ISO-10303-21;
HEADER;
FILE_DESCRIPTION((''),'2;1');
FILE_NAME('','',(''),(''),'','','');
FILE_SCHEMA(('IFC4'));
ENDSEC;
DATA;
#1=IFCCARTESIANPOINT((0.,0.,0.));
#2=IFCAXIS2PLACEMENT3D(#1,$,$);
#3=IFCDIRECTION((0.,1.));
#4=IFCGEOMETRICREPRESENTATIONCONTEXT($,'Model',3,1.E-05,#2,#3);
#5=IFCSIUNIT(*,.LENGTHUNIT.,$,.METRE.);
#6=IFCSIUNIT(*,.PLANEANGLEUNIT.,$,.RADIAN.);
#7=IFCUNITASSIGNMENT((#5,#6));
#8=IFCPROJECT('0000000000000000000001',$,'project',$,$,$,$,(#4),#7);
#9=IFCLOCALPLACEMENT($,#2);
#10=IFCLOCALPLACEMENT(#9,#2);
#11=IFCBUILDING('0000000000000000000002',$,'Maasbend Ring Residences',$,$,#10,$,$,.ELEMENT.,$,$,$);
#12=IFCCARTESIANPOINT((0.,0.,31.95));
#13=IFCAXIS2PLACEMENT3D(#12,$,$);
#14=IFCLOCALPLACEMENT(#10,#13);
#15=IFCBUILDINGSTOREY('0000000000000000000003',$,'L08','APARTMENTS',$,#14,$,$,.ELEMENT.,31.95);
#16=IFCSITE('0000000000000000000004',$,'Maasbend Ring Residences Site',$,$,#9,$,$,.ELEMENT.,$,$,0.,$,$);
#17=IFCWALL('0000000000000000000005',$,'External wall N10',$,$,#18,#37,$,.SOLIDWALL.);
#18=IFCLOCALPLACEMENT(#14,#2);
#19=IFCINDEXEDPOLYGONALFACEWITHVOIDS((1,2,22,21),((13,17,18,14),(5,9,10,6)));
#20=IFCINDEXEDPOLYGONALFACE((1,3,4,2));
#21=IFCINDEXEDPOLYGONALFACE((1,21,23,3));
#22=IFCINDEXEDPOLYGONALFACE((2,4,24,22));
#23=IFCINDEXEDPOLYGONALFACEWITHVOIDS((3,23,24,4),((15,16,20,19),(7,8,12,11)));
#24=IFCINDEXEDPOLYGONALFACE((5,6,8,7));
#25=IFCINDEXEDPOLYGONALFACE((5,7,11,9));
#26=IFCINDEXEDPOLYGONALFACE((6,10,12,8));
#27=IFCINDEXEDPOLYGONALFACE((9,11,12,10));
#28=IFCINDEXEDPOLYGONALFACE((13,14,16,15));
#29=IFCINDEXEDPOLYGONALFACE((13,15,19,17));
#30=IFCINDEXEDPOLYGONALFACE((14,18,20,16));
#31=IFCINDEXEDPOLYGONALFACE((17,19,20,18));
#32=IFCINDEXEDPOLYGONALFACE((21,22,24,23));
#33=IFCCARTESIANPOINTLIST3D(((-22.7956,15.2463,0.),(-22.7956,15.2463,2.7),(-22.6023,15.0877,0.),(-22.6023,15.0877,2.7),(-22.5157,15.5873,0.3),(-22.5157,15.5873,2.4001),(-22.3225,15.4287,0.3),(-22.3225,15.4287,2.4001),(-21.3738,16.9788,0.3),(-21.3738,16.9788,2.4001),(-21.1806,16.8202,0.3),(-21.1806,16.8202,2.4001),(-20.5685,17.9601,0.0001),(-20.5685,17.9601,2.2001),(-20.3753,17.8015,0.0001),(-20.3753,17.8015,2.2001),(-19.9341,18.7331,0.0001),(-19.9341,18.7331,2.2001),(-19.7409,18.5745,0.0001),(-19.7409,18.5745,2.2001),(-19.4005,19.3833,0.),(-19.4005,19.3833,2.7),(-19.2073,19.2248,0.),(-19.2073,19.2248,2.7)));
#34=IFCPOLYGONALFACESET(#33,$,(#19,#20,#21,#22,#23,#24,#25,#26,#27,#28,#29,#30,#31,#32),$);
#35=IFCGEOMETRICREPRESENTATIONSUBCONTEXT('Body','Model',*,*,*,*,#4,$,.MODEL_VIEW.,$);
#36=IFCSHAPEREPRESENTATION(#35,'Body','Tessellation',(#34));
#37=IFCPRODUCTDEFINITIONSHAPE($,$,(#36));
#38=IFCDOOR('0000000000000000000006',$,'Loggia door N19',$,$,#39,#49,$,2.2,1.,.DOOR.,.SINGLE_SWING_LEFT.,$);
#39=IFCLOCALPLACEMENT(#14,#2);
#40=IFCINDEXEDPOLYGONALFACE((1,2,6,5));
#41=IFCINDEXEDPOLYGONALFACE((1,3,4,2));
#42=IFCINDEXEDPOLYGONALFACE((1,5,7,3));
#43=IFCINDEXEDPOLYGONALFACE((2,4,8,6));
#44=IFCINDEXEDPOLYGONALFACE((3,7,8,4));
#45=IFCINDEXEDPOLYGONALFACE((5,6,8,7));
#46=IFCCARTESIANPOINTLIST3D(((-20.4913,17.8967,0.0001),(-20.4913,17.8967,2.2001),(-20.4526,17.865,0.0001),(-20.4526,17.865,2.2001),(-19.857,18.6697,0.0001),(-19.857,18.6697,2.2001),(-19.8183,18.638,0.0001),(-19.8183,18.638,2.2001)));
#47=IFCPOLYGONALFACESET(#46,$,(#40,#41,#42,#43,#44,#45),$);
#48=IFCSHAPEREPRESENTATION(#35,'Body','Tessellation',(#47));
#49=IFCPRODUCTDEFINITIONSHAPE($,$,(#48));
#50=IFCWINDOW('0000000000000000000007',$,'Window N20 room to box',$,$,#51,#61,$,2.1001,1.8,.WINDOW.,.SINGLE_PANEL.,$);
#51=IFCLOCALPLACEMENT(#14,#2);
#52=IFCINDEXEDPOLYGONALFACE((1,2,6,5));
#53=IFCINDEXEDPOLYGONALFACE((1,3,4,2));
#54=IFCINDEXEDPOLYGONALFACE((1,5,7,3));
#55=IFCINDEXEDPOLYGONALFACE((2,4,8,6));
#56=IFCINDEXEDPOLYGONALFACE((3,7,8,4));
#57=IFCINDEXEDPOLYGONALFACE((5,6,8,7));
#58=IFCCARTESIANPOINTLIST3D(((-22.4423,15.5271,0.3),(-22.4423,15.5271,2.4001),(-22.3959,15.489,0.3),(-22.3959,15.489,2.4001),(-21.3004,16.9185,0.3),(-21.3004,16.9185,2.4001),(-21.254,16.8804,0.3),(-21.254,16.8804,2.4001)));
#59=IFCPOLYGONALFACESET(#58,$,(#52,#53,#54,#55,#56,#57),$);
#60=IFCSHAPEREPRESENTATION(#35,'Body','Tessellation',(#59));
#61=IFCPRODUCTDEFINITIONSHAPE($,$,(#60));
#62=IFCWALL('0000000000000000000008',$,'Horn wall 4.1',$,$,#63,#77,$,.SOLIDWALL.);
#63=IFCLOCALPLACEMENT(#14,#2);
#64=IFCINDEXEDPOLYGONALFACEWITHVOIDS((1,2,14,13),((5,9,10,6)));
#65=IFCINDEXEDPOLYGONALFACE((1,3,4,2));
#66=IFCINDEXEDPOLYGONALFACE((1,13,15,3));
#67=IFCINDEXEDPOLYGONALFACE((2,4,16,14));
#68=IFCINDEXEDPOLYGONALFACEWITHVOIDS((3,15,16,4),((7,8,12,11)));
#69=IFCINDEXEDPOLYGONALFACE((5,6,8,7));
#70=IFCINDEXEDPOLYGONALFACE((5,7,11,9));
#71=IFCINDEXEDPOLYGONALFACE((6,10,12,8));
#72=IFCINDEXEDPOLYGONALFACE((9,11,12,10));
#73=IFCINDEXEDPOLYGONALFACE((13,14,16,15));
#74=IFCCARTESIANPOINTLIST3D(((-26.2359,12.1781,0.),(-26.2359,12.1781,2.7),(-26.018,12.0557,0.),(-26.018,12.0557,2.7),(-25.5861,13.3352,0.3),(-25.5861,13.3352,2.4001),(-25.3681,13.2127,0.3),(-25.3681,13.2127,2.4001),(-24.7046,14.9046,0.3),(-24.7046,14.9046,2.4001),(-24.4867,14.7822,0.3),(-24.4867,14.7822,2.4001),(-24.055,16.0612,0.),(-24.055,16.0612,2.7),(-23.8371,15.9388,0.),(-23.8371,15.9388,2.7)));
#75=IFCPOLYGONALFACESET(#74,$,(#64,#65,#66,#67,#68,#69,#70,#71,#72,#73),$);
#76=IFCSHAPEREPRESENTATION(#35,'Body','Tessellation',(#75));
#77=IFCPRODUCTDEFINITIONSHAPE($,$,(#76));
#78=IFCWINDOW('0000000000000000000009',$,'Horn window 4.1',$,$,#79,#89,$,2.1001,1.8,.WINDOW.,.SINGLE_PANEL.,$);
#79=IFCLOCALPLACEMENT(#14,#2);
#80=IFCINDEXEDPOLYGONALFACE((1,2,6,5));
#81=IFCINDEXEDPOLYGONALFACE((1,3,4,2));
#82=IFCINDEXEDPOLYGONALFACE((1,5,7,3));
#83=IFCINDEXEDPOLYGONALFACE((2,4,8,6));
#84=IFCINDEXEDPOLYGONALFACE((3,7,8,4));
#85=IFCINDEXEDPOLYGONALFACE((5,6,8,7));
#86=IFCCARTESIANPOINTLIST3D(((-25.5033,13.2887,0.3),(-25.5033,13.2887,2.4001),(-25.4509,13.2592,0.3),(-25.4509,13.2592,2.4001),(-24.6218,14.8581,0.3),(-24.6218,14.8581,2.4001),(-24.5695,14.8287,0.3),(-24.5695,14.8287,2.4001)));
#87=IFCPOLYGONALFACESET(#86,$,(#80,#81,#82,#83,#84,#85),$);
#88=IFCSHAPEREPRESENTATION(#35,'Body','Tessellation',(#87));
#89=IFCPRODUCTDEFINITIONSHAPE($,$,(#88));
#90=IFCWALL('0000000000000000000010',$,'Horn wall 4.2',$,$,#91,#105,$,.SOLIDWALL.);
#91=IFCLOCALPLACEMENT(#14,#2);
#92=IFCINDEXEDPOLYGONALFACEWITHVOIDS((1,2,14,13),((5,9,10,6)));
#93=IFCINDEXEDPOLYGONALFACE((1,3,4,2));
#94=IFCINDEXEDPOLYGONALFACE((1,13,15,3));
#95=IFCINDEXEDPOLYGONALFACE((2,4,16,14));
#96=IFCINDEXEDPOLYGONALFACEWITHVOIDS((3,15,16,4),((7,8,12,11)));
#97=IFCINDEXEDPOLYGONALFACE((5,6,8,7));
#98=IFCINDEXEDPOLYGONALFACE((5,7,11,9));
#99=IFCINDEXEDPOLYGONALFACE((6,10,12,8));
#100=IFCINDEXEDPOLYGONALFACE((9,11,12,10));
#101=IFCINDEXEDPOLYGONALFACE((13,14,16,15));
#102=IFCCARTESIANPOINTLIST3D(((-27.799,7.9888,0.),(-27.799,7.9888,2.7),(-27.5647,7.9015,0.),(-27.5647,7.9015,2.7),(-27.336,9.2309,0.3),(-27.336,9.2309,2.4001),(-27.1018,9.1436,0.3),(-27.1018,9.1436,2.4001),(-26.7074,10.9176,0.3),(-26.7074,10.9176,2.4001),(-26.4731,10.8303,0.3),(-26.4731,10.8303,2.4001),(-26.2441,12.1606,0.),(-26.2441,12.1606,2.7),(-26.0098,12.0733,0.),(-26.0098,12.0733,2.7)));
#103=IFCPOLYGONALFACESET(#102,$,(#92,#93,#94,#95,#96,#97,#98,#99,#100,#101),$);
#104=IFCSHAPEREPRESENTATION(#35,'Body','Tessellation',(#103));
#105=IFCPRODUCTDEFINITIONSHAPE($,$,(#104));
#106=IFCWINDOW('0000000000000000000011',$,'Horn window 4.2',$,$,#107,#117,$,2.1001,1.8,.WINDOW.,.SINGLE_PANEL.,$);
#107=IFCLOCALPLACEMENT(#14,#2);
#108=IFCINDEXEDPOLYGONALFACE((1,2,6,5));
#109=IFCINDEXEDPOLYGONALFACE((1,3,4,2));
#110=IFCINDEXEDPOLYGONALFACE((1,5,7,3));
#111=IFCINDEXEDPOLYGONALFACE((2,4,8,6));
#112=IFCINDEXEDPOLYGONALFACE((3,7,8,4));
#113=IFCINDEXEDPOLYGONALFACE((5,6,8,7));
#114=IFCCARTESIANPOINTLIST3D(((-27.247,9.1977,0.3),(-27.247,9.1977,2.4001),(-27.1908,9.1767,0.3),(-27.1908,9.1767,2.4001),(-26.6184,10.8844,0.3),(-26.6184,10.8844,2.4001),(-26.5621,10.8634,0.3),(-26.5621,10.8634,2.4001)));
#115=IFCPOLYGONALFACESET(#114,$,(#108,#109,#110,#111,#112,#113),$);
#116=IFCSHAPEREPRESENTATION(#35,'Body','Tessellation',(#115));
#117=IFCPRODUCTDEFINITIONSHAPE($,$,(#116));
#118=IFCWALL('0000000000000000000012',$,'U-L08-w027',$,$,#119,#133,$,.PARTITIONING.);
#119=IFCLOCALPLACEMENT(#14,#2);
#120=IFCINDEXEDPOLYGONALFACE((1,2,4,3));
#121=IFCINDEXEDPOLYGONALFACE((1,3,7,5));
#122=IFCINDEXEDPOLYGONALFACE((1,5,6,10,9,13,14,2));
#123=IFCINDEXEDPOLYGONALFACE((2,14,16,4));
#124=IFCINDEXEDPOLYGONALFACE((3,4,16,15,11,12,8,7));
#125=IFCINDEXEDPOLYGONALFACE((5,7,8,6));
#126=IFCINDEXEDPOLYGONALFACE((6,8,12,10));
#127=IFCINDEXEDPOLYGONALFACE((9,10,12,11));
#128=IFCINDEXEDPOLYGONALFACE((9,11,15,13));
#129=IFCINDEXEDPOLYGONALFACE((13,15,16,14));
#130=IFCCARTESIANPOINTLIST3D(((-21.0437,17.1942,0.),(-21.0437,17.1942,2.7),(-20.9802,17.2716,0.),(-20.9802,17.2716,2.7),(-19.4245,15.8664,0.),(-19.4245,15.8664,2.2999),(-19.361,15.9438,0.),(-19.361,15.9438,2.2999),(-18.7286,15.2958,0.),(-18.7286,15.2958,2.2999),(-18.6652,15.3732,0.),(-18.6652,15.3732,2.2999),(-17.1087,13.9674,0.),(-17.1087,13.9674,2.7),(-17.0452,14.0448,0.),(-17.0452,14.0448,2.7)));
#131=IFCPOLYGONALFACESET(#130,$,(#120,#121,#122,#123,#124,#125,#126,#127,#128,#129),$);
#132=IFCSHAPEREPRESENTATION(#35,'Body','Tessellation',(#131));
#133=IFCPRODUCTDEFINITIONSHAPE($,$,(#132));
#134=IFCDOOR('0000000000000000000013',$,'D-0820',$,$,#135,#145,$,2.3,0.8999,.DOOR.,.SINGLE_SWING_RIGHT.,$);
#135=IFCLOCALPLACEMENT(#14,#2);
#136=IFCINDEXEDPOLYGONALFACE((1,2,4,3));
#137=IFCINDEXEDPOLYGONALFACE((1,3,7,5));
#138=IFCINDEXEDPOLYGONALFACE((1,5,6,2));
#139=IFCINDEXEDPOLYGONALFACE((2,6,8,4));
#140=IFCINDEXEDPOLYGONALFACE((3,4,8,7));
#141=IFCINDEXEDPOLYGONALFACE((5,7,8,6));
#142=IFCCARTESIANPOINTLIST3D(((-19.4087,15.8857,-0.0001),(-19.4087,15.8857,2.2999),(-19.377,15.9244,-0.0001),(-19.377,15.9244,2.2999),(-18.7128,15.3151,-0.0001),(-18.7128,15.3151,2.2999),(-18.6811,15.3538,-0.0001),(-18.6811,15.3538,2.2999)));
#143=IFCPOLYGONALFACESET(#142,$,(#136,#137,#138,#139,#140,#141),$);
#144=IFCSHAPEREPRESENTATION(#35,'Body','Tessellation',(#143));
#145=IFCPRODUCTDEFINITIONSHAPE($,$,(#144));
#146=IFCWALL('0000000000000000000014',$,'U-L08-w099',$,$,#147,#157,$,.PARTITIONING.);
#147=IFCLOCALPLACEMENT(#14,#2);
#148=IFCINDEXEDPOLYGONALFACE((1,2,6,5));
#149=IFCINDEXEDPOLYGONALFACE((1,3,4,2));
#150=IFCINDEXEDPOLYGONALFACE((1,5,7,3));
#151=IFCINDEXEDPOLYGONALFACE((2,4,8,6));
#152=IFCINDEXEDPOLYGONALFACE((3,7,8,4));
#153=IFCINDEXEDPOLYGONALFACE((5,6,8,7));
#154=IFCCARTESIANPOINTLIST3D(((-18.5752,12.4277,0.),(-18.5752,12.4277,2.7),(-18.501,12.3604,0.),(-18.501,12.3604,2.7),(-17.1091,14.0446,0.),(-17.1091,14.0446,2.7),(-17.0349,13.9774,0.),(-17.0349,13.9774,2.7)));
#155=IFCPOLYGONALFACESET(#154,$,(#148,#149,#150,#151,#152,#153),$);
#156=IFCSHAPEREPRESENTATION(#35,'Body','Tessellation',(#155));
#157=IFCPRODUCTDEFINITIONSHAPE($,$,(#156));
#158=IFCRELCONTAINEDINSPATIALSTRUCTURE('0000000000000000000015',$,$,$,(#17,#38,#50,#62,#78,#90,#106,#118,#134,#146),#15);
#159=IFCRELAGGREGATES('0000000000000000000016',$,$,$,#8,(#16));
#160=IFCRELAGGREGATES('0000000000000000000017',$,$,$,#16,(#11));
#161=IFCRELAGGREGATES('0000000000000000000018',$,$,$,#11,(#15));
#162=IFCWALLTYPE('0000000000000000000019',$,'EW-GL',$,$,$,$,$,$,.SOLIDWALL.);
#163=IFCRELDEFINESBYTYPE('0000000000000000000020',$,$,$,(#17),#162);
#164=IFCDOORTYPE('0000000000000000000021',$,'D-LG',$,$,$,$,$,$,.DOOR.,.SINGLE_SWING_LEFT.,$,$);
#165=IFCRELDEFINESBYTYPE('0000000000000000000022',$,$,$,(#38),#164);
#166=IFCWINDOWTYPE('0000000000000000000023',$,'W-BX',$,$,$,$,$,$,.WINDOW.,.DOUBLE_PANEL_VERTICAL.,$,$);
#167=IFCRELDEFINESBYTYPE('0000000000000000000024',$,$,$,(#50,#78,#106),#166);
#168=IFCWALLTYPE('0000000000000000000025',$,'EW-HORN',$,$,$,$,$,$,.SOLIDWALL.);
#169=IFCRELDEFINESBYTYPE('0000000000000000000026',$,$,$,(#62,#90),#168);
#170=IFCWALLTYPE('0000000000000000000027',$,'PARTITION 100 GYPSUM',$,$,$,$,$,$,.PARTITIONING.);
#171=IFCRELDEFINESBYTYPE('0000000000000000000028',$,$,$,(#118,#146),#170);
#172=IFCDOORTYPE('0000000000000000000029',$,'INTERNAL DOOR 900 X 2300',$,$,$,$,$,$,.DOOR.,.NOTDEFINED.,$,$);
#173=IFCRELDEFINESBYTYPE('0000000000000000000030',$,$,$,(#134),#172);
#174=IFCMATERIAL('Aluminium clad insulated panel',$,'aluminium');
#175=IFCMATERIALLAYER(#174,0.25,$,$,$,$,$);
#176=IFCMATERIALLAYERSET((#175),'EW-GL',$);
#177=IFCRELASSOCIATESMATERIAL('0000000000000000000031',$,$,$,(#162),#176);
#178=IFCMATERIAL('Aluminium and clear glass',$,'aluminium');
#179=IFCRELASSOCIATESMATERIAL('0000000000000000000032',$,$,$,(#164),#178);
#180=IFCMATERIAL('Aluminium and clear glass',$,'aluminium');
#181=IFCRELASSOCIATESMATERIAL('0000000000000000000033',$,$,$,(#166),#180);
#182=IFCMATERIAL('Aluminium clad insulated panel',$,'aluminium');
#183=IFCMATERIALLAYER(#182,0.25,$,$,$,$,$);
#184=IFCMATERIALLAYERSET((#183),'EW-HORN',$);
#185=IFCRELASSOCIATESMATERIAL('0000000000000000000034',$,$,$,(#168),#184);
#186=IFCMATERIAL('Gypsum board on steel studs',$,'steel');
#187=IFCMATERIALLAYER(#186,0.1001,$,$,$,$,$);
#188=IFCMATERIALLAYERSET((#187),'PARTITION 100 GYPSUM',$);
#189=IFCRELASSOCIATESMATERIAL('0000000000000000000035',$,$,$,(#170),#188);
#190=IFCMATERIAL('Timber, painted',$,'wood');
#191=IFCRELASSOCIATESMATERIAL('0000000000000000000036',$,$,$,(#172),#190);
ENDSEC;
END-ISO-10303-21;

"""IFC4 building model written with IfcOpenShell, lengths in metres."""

from ifc_helpers import new_model, si_unit, direction, frame, frame_2d, origin, place, context, subcontext, project, spatial, rectangle, extrude, material, layer, layer_set, type_object, element, fill, save


model = new_model("IFC4")

# Units and contexts
model_context = context("Model", 3, precision=1e-05, world=origin(), true_north=direction((0.0, 1.0)))
body_context = subcontext(model_context, "Body", "Model", "MODEL_VIEW")
ifc_project = project(units=[si_unit("LENGTHUNIT", "METRE"), si_unit("PLANEANGLEUNIT", "RADIAN")], contexts=[model_context])

# Site, building, storey
site_placement = place(None, origin())
site = spatial("IfcSite", under=ifc_project, at=site_placement, Name="Maasbend Ring Residences Site", CompositionType="ELEMENT", RefElevation=0.0)
building_placement = place(site_placement, origin())
building = spatial("IfcBuilding", under=site, at=building_placement, Name="Maasbend Ring Residences", CompositionType="ELEMENT")
storey_placement = place(building_placement, frame((0.0, 0.0, 31.95)))
storey = spatial("IfcBuildingStorey", under=building, at=storey_placement, Name="L08", Description="APARTMENTS", CompositionType="ELEMENT", Elevation=31.95)

# Wall, openings, door, window
ifc_material_1 = material(Name="Aluminium clad insulated panel", Category="aluminium")
ifc_layer_1 = layer(ifc_material_1, 0.25)
ifc_layer_set_1 = layer_set([ifc_layer_1], Name="EW-GL")
wall_type_1 = type_object("IfcWallType", Name="EW-GL", PredefinedType="SOLIDWALL", material=ifc_layer_set_1)
wall_1_placement = place(storey_placement, frame((-19.304, 19.304, 0.0), z_axis=(0.0, 0.0, 1.0), x_axis=(-0.634382, -0.773019, 0.0)))
wall_1 = element("IfcWall", 1, at=wall_1_placement, inside=storey, type_object=wall_type_1, Name="External wall N10", PredefinedType="SOLIDWALL", context=body_context, shape_type="SweptSolid", body=[
    extrude(rectangle(XDim=5.3518, YDim=0.25, at=frame_2d((2.6758, 0.0))), origin(), (0.0, 0.0, 1.0), 2.7),
])
opening_1_placement = place(wall_1_placement, frame((0.8411, 0.0, 0.0)))
opening_1 = element("IfcOpeningElement", 2, at=opening_1_placement, cuts=wall_1, PredefinedType="OPENING", context=body_context, shape_type="SweptSolid", body=[
    extrude(rectangle(XDim=1.0, YDim=2.2, at=frame_2d((0.5, 1.1001))), frame((0.0, 0.135, 0.0), z_axis=(0.0, -1.0, 0.0), x_axis=(1.0, 0.0, 0.0)), (0.0, 0.0, 1.0), 0.27),
])
opening_2_placement = place(wall_1_placement, frame((3.1106, 0.0, 0.3)))
opening_2 = element("IfcOpeningElement", 3, at=opening_2_placement, cuts=wall_1, PredefinedType="OPENING", context=body_context, shape_type="SweptSolid", body=[
    extrude(rectangle(XDim=1.8, YDim=2.1001, at=frame_2d((0.8999, 1.05))), frame((0.0, 0.135, 0.0), z_axis=(0.0, -1.0, 0.0), x_axis=(1.0, 0.0, 0.0)), (0.0, 0.0, 1.0), 0.27),
])
ifc_material_2 = material(Name="Aluminium and clear glass", Category="aluminium")
door_type_1 = type_object("IfcDoorType", Name="D-LG", OperationType="SINGLE_SWING_LEFT", PredefinedType="DOOR", material=ifc_material_2)
door_1_placement = place(opening_1_placement, origin())
door_1 = element("IfcDoor", 4, at=door_1_placement, inside=storey, type_object=door_type_1, Name="Loggia door N19", OperationType="SINGLE_SWING_LEFT", OverallHeight=2.2, OverallWidth=1.0, PredefinedType="DOOR", context=body_context, shape_type="SweptSolid", body=[
    extrude(rectangle(XDim=1.0, YDim=2.2, at=frame_2d((0.5, 1.1001))), frame((0.0, 0.0249, 0.0), z_axis=(0.0, -1.0, 0.0), x_axis=(1.0, 0.0, 0.0)), (0.0, 0.0, 1.0), 0.05),
])
fill(opening_1, door_1)
ifc_material_3 = material(Name="Aluminium and clear glass", Category="aluminium")
window_type_1 = type_object("IfcWindowType", Name="W-BX", PartitioningType="DOUBLE_PANEL_VERTICAL", PredefinedType="WINDOW", material=ifc_material_3)
window_1_placement = place(opening_2_placement, origin())
window_1 = element("IfcWindow", 5, at=window_1_placement, inside=storey, type_object=window_type_1, Name="Window N20 room to box", OverallHeight=2.1001, OverallWidth=1.8, PartitioningType="SINGLE_PANEL", PredefinedType="WINDOW", context=body_context, shape_type="SweptSolid", body=[
    extrude(rectangle(XDim=1.8, YDim=2.1001, at=frame_2d((0.8999, 1.05))), frame((0.0, 0.03, 0.0), z_axis=(0.0, -1.0, 0.0), x_axis=(1.0, 0.0, 0.0)), (0.0, 0.0, 1.0), 0.0601),
])
fill(opening_2, window_1)

# Walls, openings, windows
ifc_material_4 = material(Name="Aluminium clad insulated panel", Category="aluminium")
ifc_layer_2 = layer(ifc_material_4, 0.25)
ifc_layer_set_2 = layer_set([ifc_layer_2], Name="EW-HORN")
wall_type_2 = type_object("IfcWallType", Name="EW-HORN", PredefinedType="SOLIDWALL", material=ifc_layer_set_2)
wall_2_placement = place(storey_placement, frame((-23.946, 16.0, 0.0), z_axis=(0.0, 0.0, 1.0), x_axis=(-0.489696, -0.871893, 0.0)))
wall_2 = element("IfcWall", 6, at=wall_2_placement, inside=storey, type_object=wall_type_2, Name="Horn wall 4.1", PredefinedType="SOLIDWALL", context=body_context, shape_type="SweptSolid", body=[
    extrude(rectangle(XDim=4.4536, YDim=0.25, at=frame_2d((2.2268, 0.0))), origin(), (0.0, 0.0, 1.0), 2.7),
])
opening_3_placement = place(wall_2_placement, frame((1.3267, 0.0, 0.3)))
opening_3 = element("IfcOpeningElement", 7, at=opening_3_placement, cuts=wall_2, PredefinedType="OPENING", context=body_context, shape_type="SweptSolid", body=[
    extrude(rectangle(XDim=1.8, YDim=2.1001, at=frame_2d((0.8999, 1.05))), frame((0.0, 0.135, 0.0), z_axis=(0.0, -1.0, 0.0), x_axis=(1.0, 0.0, 0.0)), (0.0, 0.0, 1.0), 0.27),
])
window_2_placement = place(opening_3_placement, origin())
window_2 = element("IfcWindow", 8, at=window_2_placement, inside=storey, type_object=window_type_1, Name="Horn window 4.1", OverallHeight=2.1001, OverallWidth=1.8, PartitioningType="SINGLE_PANEL", PredefinedType="WINDOW", context=body_context, shape_type="SweptSolid", body=[
    extrude(rectangle(XDim=1.8, YDim=2.1001, at=frame_2d((0.8999, 1.05))), frame((0.0, 0.03, 0.0), z_axis=(0.0, -1.0, 0.0), x_axis=(1.0, 0.0, 0.0)), (0.0, 0.0, 1.0), 0.0601),
])
fill(opening_3, window_2)
wall_3_placement = place(storey_placement, frame((-26.127, 12.1169, 0.0), z_axis=(0.0, 0.0, 1.0), x_axis=(-0.349248, -0.93703, 0.0)))
wall_3 = element("IfcWall", 9, at=wall_3_placement, inside=storey, type_object=wall_type_2, Name="Horn wall 4.2", PredefinedType="SOLIDWALL", context=body_context, shape_type="SweptSolid", body=[
    extrude(rectangle(XDim=4.4521, YDim=0.25, at=frame_2d((2.2261, 0.0))), origin(), (0.0, 0.0, 1.0), 2.7),
])
opening_4_placement = place(wall_3_placement, frame((1.3267, 0.0, 0.3)))
opening_4 = element("IfcOpeningElement", 10, at=opening_4_placement, cuts=wall_3, PredefinedType="OPENING", context=body_context, shape_type="SweptSolid", body=[
    extrude(rectangle(XDim=1.8, YDim=2.1001, at=frame_2d((0.8999, 1.05))), frame((0.0, 0.135, 0.0), z_axis=(0.0, -1.0, 0.0), x_axis=(1.0, 0.0, 0.0)), (0.0, 0.0, 1.0), 0.27),
])
window_3_placement = place(opening_4_placement, origin())
window_3 = element("IfcWindow", 11, at=window_3_placement, inside=storey, type_object=window_type_1, Name="Horn window 4.2", OverallHeight=2.1001, OverallWidth=1.8, PartitioningType="SINGLE_PANEL", PredefinedType="WINDOW", context=body_context, shape_type="SweptSolid", body=[
    extrude(rectangle(XDim=1.8, YDim=2.1001, at=frame_2d((0.8999, 1.05))), frame((0.0, 0.03, 0.0), z_axis=(0.0, -1.0, 0.0), x_axis=(1.0, 0.0, 0.0)), (0.0, 0.0, 1.0), 0.0601),
])
fill(opening_4, window_3)

# Wall, opening, door
ifc_material_5 = material(Name="Gypsum board on steel studs", Category="steel")
ifc_layer_3 = layer(ifc_material_5, 0.1001)
ifc_layer_set_3 = layer_set([ifc_layer_3], Name="PARTITION 100 GYPSUM")
wall_type_3 = type_object("IfcWallType", Name="PARTITION 100 GYPSUM", PredefinedType="PARTITIONING", material=ifc_layer_set_3)
wall_4_placement = place(storey_placement, frame((-21.012, 17.2329, 0.0), z_axis=(0.0, 0.0, 1.0), x_axis=(0.773262, -0.634086, 0.0)))
wall_4 = element("IfcWall", 12, at=wall_4_placement, inside=storey, type_object=wall_type_3, Name="U-L08-w027", PredefinedType="PARTITIONING", context=body_context, shape_type="SweptSolid", body=[
    extrude(rectangle(XDim=5.0889, YDim=0.1001, at=frame_2d((2.5444, 0.0))), origin(), (0.0, 0.0, 1.0), 2.7),
])
opening_5_placement = place(wall_4_placement, frame((2.094, 0.0, 0.0)))
opening_5 = element("IfcOpeningElement", 13, at=opening_5_placement, cuts=wall_4, PredefinedType="OPENING", context=body_context, shape_type="SweptSolid", body=[
    extrude(rectangle(XDim=0.8999, YDim=2.3, at=frame_2d((0.45, 1.1499))), frame((0.0, 0.0601, 0.0), z_axis=(0.0, -1.0, 0.0), x_axis=(1.0, 0.0, 0.0)), (0.0, 0.0, 1.0), 0.1201),
])
ifc_material_6 = material(Name="Timber, painted", Category="wood")
door_type_2 = type_object("IfcDoorType", Name="INTERNAL DOOR 900 X 2300", OperationType="NOTDEFINED", PredefinedType="DOOR", material=ifc_material_6)
door_2_placement = place(opening_5_placement, origin())
door_2 = element("IfcDoor", 14, at=door_2_placement, inside=storey, type_object=door_type_2, Name="D-0820", OperationType="SINGLE_SWING_RIGHT", OverallHeight=2.3, OverallWidth=0.8999, PredefinedType="DOOR", context=body_context, shape_type="SweptSolid", body=[
    extrude(rectangle(XDim=0.8999, YDim=2.3, at=frame_2d((0.45, 1.1499))), frame((0.0, 0.0249, 0.0), z_axis=(0.0, -1.0, 0.0), x_axis=(1.0, 0.0, 0.0)), (0.0, 0.0, 1.0), 0.05),
])
fill(opening_5, door_2)

# Wall
wall_5_placement = place(storey_placement, frame((-18.5381, 12.394, 0.0), z_axis=(0.0, 0.0, 1.0), x_axis=(0.671698, 0.740825, 0.0)))
element("IfcWall", 15, at=wall_5_placement, inside=storey, type_object=wall_type_3, Name="U-L08-w099", PredefinedType="PARTITIONING", context=body_context, shape_type="SweptSolid", body=[
    extrude(rectangle(XDim=2.1826, YDim=0.1001, at=frame_2d((1.0913, 0.0))), origin(), (0.0, 0.0, 1.0), 2.7),
])

save(model, "model.ifc")
